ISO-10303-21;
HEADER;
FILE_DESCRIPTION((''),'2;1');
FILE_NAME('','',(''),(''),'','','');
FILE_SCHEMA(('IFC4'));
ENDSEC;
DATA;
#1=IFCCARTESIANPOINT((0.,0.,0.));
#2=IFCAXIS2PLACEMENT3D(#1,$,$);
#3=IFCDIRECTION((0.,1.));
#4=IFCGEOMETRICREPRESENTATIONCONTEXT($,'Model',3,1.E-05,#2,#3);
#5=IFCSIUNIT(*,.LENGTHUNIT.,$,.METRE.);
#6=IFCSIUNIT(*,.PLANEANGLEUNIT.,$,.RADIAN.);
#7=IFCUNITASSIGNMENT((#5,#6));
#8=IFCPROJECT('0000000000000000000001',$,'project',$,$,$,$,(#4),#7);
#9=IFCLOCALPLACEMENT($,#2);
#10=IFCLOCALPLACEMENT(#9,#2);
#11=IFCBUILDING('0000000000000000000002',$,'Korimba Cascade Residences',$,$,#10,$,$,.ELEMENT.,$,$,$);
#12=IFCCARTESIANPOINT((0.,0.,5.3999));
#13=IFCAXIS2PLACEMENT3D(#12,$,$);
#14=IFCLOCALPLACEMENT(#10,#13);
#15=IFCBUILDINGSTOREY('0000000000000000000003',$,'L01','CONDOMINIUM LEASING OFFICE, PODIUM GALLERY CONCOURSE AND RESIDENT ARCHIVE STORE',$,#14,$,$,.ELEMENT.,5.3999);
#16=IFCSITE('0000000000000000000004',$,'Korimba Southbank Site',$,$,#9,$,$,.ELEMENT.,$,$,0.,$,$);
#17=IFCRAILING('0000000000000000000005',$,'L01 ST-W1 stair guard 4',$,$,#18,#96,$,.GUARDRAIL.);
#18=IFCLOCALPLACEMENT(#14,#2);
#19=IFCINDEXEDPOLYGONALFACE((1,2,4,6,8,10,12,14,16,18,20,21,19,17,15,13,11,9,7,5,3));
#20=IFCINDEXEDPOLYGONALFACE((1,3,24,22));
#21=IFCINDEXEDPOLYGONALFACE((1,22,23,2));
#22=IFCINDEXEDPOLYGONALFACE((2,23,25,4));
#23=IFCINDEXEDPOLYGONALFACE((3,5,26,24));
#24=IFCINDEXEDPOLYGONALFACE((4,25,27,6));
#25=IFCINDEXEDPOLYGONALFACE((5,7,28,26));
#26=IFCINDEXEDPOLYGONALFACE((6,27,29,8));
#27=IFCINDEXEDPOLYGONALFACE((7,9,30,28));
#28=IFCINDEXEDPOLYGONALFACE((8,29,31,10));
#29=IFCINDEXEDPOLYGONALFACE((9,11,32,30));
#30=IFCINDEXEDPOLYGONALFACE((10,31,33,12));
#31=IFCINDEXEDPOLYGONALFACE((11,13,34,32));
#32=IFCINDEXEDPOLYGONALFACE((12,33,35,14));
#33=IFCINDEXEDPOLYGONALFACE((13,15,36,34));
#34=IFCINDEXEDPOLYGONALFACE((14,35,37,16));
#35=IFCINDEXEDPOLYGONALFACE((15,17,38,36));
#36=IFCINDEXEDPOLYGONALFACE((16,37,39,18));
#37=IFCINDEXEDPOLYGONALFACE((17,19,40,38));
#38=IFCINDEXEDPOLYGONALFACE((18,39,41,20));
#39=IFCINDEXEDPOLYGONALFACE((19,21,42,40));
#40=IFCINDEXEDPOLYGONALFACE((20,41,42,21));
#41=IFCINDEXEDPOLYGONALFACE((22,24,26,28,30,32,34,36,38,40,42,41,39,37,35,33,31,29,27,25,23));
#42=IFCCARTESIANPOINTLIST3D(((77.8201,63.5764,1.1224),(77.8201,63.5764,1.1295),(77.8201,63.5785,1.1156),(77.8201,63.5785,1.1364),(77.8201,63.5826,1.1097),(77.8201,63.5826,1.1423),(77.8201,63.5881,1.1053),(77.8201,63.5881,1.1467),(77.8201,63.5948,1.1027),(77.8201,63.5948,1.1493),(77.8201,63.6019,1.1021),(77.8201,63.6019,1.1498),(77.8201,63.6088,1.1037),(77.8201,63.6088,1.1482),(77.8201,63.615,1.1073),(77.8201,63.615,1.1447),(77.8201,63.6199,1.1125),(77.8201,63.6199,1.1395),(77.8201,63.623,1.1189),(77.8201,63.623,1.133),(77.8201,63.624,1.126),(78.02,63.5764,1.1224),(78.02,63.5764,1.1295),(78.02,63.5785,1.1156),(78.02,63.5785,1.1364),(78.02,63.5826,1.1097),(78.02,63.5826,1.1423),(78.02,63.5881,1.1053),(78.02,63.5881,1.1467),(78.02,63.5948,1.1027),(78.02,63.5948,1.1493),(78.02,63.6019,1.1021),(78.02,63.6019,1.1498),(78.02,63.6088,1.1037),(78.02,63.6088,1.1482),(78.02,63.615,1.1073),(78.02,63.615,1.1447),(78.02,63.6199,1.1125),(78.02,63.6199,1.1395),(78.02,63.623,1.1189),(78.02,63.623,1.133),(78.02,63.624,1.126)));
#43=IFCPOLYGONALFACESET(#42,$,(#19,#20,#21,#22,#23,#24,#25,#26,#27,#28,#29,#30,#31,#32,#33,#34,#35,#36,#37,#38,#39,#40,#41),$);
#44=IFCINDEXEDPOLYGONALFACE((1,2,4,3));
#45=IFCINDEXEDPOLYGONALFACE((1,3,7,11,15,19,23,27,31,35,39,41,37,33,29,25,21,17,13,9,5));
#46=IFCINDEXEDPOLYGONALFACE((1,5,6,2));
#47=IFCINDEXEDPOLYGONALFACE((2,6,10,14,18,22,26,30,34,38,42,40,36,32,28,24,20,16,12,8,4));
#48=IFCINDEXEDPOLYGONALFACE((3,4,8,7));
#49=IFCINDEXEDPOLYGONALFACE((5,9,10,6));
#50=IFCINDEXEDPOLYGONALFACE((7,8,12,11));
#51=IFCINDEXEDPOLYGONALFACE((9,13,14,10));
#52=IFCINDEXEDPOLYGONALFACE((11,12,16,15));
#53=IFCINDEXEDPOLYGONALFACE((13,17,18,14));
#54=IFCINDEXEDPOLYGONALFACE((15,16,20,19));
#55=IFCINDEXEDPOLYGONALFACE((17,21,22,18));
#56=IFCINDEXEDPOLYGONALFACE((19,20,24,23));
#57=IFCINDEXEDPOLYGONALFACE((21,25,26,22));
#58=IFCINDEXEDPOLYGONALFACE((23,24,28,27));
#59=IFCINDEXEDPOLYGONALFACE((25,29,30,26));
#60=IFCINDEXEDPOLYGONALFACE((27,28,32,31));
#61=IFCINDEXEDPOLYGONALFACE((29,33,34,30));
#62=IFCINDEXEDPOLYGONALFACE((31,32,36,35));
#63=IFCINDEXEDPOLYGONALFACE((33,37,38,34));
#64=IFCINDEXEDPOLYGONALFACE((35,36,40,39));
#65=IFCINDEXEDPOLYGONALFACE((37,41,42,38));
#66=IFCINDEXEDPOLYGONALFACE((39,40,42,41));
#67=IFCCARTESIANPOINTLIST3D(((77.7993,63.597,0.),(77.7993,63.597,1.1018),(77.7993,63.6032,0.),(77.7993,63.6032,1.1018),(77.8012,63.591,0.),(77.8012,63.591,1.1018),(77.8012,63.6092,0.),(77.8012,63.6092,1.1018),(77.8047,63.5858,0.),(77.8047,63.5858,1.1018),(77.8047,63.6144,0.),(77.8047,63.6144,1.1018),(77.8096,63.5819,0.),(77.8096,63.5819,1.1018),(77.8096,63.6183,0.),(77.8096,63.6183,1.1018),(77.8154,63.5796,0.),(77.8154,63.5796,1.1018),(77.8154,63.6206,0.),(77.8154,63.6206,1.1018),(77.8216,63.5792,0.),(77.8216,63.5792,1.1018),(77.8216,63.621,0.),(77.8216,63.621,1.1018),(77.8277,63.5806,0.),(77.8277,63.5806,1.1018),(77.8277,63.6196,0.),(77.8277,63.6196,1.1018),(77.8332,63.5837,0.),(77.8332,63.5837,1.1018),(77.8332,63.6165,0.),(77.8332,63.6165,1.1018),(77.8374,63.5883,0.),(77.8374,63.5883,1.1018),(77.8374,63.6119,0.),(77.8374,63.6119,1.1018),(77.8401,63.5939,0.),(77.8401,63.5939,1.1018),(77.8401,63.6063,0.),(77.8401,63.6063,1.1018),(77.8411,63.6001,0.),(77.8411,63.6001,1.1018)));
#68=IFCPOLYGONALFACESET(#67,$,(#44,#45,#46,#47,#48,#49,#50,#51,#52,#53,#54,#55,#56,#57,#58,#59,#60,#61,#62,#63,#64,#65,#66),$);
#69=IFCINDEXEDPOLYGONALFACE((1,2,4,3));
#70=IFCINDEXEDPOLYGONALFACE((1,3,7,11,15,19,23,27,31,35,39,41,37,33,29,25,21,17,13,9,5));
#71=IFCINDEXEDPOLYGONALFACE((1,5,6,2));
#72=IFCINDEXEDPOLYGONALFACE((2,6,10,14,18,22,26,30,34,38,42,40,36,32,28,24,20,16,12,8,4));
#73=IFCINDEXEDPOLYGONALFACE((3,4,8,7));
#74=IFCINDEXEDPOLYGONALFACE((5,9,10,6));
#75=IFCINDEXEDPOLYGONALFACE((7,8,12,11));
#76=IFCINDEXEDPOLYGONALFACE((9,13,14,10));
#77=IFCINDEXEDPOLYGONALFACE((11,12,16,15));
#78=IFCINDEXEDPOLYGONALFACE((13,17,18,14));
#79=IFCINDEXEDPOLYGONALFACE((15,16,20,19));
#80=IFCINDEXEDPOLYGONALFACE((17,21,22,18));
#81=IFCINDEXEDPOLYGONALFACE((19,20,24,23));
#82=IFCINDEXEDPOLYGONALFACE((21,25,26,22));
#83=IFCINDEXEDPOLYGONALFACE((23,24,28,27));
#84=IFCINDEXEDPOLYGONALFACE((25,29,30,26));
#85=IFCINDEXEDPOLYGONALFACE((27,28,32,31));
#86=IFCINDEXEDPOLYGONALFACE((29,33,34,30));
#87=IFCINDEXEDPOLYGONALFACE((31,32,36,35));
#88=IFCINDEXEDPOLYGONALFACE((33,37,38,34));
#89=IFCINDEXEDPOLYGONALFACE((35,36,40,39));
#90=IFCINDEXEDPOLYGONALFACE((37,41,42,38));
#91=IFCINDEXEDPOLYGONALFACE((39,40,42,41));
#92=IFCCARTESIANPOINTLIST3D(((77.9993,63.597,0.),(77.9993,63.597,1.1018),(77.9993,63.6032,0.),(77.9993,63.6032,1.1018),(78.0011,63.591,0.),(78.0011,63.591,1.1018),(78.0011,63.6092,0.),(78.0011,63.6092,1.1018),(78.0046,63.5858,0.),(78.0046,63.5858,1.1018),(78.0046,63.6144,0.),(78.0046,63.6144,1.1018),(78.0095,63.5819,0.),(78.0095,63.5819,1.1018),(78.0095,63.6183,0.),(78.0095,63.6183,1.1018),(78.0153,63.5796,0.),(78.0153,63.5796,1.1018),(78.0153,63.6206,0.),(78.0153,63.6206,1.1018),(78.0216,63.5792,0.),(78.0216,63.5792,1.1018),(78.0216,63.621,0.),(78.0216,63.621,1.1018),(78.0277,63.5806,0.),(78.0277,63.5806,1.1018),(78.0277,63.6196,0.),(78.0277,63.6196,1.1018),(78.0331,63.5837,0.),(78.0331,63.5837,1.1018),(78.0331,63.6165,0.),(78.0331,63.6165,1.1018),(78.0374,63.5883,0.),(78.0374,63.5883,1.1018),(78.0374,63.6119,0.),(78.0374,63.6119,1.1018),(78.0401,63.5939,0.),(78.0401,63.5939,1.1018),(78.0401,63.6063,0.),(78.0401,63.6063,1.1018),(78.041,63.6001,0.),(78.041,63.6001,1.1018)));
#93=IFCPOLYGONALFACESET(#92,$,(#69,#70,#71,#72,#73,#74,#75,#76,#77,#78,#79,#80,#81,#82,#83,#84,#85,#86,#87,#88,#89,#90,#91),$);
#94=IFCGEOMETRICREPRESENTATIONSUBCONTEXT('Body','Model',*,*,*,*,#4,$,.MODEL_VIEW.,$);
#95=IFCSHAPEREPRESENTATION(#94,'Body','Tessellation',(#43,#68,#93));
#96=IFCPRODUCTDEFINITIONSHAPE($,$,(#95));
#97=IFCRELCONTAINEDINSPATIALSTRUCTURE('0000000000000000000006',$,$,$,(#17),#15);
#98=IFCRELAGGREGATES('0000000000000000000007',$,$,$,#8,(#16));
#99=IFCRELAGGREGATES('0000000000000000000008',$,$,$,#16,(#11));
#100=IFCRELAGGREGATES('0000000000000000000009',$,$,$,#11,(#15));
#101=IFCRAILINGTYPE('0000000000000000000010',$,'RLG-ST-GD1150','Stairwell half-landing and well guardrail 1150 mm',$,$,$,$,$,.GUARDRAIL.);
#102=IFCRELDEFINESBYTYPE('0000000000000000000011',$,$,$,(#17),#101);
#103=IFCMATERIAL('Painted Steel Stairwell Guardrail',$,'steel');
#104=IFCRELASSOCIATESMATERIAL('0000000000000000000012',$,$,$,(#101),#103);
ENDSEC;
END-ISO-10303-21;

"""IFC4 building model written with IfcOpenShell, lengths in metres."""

from ifc_helpers import new_model, si_unit, direction, frame, origin, origin_2d, place, context, subcontext, project, spatial, circle, extrude, material, type_object, element, save


model = new_model("IFC4")

# Units and contexts
model_context = context("Model", 3, precision=1e-05, world=origin(), true_north=direction((0.0, 1.0)))
body_context = subcontext(model_context, "Body", "Model", "MODEL_VIEW")
ifc_project = project(units=[si_unit("LENGTHUNIT", "METRE"), si_unit("PLANEANGLEUNIT", "RADIAN")], contexts=[model_context])

# Site, building, storey
site_placement = place(None, origin())
site = spatial("IfcSite", under=ifc_project, at=site_placement, Name="Korimba Southbank Site", CompositionType="ELEMENT", RefElevation=0.0)
building_placement = place(site_placement, origin())
building = spatial("IfcBuilding", under=site, at=building_placement, Name="Korimba Cascade Residences", CompositionType="ELEMENT")
storey_placement = place(building_placement, frame((0.0, 0.0, 5.3999)))
storey = spatial("IfcBuildingStorey", under=building, at=storey_placement, Name="L01", Description="CONDOMINIUM LEASING OFFICE, PODIUM GALLERY CONCOURSE AND RESIDENT ARCHIVE STORE", CompositionType="ELEMENT", Elevation=5.3999)

# Railing
ifc_material_1 = material(Name="Painted Steel Stairwell Guardrail", Category="steel")
railing_type_1 = type_object("IfcRailingType", Name="RLG-ST-GD1150", Description="Stairwell half-landing and well guardrail 1150 mm", PredefinedType="GUARDRAIL", material=ifc_material_1)
railing_1_placement = place(storey_placement, frame((77.8201, 63.6001, 0.0)))
element("IfcRailing", 1, at=railing_1_placement, inside=storey, type_object=railing_type_1, Name="L01 ST-W1 stair guard 4", PredefinedType="GUARDRAIL", context=body_context, shape_type="SweptSolid", body=[
    extrude(circle(Radius=0.0239, at=origin_2d()), frame((0.0, 0.0, 1.126), z_axis=(1.0, 0.0, 0.0), x_axis=(0.0, 1.0, 0.0)), (0.0, 0.0, 1.0), 0.2),
    extrude(circle(Radius=0.021, at=origin_2d()), origin(), (0.0, 0.0, 1.0), 1.1018),
    extrude(circle(Radius=0.021, at=origin_2d()), frame((0.2, 0.0, 0.0)), (0.0, 0.0, 1.0), 1.1018),
])

save(model, "model.ifc")
